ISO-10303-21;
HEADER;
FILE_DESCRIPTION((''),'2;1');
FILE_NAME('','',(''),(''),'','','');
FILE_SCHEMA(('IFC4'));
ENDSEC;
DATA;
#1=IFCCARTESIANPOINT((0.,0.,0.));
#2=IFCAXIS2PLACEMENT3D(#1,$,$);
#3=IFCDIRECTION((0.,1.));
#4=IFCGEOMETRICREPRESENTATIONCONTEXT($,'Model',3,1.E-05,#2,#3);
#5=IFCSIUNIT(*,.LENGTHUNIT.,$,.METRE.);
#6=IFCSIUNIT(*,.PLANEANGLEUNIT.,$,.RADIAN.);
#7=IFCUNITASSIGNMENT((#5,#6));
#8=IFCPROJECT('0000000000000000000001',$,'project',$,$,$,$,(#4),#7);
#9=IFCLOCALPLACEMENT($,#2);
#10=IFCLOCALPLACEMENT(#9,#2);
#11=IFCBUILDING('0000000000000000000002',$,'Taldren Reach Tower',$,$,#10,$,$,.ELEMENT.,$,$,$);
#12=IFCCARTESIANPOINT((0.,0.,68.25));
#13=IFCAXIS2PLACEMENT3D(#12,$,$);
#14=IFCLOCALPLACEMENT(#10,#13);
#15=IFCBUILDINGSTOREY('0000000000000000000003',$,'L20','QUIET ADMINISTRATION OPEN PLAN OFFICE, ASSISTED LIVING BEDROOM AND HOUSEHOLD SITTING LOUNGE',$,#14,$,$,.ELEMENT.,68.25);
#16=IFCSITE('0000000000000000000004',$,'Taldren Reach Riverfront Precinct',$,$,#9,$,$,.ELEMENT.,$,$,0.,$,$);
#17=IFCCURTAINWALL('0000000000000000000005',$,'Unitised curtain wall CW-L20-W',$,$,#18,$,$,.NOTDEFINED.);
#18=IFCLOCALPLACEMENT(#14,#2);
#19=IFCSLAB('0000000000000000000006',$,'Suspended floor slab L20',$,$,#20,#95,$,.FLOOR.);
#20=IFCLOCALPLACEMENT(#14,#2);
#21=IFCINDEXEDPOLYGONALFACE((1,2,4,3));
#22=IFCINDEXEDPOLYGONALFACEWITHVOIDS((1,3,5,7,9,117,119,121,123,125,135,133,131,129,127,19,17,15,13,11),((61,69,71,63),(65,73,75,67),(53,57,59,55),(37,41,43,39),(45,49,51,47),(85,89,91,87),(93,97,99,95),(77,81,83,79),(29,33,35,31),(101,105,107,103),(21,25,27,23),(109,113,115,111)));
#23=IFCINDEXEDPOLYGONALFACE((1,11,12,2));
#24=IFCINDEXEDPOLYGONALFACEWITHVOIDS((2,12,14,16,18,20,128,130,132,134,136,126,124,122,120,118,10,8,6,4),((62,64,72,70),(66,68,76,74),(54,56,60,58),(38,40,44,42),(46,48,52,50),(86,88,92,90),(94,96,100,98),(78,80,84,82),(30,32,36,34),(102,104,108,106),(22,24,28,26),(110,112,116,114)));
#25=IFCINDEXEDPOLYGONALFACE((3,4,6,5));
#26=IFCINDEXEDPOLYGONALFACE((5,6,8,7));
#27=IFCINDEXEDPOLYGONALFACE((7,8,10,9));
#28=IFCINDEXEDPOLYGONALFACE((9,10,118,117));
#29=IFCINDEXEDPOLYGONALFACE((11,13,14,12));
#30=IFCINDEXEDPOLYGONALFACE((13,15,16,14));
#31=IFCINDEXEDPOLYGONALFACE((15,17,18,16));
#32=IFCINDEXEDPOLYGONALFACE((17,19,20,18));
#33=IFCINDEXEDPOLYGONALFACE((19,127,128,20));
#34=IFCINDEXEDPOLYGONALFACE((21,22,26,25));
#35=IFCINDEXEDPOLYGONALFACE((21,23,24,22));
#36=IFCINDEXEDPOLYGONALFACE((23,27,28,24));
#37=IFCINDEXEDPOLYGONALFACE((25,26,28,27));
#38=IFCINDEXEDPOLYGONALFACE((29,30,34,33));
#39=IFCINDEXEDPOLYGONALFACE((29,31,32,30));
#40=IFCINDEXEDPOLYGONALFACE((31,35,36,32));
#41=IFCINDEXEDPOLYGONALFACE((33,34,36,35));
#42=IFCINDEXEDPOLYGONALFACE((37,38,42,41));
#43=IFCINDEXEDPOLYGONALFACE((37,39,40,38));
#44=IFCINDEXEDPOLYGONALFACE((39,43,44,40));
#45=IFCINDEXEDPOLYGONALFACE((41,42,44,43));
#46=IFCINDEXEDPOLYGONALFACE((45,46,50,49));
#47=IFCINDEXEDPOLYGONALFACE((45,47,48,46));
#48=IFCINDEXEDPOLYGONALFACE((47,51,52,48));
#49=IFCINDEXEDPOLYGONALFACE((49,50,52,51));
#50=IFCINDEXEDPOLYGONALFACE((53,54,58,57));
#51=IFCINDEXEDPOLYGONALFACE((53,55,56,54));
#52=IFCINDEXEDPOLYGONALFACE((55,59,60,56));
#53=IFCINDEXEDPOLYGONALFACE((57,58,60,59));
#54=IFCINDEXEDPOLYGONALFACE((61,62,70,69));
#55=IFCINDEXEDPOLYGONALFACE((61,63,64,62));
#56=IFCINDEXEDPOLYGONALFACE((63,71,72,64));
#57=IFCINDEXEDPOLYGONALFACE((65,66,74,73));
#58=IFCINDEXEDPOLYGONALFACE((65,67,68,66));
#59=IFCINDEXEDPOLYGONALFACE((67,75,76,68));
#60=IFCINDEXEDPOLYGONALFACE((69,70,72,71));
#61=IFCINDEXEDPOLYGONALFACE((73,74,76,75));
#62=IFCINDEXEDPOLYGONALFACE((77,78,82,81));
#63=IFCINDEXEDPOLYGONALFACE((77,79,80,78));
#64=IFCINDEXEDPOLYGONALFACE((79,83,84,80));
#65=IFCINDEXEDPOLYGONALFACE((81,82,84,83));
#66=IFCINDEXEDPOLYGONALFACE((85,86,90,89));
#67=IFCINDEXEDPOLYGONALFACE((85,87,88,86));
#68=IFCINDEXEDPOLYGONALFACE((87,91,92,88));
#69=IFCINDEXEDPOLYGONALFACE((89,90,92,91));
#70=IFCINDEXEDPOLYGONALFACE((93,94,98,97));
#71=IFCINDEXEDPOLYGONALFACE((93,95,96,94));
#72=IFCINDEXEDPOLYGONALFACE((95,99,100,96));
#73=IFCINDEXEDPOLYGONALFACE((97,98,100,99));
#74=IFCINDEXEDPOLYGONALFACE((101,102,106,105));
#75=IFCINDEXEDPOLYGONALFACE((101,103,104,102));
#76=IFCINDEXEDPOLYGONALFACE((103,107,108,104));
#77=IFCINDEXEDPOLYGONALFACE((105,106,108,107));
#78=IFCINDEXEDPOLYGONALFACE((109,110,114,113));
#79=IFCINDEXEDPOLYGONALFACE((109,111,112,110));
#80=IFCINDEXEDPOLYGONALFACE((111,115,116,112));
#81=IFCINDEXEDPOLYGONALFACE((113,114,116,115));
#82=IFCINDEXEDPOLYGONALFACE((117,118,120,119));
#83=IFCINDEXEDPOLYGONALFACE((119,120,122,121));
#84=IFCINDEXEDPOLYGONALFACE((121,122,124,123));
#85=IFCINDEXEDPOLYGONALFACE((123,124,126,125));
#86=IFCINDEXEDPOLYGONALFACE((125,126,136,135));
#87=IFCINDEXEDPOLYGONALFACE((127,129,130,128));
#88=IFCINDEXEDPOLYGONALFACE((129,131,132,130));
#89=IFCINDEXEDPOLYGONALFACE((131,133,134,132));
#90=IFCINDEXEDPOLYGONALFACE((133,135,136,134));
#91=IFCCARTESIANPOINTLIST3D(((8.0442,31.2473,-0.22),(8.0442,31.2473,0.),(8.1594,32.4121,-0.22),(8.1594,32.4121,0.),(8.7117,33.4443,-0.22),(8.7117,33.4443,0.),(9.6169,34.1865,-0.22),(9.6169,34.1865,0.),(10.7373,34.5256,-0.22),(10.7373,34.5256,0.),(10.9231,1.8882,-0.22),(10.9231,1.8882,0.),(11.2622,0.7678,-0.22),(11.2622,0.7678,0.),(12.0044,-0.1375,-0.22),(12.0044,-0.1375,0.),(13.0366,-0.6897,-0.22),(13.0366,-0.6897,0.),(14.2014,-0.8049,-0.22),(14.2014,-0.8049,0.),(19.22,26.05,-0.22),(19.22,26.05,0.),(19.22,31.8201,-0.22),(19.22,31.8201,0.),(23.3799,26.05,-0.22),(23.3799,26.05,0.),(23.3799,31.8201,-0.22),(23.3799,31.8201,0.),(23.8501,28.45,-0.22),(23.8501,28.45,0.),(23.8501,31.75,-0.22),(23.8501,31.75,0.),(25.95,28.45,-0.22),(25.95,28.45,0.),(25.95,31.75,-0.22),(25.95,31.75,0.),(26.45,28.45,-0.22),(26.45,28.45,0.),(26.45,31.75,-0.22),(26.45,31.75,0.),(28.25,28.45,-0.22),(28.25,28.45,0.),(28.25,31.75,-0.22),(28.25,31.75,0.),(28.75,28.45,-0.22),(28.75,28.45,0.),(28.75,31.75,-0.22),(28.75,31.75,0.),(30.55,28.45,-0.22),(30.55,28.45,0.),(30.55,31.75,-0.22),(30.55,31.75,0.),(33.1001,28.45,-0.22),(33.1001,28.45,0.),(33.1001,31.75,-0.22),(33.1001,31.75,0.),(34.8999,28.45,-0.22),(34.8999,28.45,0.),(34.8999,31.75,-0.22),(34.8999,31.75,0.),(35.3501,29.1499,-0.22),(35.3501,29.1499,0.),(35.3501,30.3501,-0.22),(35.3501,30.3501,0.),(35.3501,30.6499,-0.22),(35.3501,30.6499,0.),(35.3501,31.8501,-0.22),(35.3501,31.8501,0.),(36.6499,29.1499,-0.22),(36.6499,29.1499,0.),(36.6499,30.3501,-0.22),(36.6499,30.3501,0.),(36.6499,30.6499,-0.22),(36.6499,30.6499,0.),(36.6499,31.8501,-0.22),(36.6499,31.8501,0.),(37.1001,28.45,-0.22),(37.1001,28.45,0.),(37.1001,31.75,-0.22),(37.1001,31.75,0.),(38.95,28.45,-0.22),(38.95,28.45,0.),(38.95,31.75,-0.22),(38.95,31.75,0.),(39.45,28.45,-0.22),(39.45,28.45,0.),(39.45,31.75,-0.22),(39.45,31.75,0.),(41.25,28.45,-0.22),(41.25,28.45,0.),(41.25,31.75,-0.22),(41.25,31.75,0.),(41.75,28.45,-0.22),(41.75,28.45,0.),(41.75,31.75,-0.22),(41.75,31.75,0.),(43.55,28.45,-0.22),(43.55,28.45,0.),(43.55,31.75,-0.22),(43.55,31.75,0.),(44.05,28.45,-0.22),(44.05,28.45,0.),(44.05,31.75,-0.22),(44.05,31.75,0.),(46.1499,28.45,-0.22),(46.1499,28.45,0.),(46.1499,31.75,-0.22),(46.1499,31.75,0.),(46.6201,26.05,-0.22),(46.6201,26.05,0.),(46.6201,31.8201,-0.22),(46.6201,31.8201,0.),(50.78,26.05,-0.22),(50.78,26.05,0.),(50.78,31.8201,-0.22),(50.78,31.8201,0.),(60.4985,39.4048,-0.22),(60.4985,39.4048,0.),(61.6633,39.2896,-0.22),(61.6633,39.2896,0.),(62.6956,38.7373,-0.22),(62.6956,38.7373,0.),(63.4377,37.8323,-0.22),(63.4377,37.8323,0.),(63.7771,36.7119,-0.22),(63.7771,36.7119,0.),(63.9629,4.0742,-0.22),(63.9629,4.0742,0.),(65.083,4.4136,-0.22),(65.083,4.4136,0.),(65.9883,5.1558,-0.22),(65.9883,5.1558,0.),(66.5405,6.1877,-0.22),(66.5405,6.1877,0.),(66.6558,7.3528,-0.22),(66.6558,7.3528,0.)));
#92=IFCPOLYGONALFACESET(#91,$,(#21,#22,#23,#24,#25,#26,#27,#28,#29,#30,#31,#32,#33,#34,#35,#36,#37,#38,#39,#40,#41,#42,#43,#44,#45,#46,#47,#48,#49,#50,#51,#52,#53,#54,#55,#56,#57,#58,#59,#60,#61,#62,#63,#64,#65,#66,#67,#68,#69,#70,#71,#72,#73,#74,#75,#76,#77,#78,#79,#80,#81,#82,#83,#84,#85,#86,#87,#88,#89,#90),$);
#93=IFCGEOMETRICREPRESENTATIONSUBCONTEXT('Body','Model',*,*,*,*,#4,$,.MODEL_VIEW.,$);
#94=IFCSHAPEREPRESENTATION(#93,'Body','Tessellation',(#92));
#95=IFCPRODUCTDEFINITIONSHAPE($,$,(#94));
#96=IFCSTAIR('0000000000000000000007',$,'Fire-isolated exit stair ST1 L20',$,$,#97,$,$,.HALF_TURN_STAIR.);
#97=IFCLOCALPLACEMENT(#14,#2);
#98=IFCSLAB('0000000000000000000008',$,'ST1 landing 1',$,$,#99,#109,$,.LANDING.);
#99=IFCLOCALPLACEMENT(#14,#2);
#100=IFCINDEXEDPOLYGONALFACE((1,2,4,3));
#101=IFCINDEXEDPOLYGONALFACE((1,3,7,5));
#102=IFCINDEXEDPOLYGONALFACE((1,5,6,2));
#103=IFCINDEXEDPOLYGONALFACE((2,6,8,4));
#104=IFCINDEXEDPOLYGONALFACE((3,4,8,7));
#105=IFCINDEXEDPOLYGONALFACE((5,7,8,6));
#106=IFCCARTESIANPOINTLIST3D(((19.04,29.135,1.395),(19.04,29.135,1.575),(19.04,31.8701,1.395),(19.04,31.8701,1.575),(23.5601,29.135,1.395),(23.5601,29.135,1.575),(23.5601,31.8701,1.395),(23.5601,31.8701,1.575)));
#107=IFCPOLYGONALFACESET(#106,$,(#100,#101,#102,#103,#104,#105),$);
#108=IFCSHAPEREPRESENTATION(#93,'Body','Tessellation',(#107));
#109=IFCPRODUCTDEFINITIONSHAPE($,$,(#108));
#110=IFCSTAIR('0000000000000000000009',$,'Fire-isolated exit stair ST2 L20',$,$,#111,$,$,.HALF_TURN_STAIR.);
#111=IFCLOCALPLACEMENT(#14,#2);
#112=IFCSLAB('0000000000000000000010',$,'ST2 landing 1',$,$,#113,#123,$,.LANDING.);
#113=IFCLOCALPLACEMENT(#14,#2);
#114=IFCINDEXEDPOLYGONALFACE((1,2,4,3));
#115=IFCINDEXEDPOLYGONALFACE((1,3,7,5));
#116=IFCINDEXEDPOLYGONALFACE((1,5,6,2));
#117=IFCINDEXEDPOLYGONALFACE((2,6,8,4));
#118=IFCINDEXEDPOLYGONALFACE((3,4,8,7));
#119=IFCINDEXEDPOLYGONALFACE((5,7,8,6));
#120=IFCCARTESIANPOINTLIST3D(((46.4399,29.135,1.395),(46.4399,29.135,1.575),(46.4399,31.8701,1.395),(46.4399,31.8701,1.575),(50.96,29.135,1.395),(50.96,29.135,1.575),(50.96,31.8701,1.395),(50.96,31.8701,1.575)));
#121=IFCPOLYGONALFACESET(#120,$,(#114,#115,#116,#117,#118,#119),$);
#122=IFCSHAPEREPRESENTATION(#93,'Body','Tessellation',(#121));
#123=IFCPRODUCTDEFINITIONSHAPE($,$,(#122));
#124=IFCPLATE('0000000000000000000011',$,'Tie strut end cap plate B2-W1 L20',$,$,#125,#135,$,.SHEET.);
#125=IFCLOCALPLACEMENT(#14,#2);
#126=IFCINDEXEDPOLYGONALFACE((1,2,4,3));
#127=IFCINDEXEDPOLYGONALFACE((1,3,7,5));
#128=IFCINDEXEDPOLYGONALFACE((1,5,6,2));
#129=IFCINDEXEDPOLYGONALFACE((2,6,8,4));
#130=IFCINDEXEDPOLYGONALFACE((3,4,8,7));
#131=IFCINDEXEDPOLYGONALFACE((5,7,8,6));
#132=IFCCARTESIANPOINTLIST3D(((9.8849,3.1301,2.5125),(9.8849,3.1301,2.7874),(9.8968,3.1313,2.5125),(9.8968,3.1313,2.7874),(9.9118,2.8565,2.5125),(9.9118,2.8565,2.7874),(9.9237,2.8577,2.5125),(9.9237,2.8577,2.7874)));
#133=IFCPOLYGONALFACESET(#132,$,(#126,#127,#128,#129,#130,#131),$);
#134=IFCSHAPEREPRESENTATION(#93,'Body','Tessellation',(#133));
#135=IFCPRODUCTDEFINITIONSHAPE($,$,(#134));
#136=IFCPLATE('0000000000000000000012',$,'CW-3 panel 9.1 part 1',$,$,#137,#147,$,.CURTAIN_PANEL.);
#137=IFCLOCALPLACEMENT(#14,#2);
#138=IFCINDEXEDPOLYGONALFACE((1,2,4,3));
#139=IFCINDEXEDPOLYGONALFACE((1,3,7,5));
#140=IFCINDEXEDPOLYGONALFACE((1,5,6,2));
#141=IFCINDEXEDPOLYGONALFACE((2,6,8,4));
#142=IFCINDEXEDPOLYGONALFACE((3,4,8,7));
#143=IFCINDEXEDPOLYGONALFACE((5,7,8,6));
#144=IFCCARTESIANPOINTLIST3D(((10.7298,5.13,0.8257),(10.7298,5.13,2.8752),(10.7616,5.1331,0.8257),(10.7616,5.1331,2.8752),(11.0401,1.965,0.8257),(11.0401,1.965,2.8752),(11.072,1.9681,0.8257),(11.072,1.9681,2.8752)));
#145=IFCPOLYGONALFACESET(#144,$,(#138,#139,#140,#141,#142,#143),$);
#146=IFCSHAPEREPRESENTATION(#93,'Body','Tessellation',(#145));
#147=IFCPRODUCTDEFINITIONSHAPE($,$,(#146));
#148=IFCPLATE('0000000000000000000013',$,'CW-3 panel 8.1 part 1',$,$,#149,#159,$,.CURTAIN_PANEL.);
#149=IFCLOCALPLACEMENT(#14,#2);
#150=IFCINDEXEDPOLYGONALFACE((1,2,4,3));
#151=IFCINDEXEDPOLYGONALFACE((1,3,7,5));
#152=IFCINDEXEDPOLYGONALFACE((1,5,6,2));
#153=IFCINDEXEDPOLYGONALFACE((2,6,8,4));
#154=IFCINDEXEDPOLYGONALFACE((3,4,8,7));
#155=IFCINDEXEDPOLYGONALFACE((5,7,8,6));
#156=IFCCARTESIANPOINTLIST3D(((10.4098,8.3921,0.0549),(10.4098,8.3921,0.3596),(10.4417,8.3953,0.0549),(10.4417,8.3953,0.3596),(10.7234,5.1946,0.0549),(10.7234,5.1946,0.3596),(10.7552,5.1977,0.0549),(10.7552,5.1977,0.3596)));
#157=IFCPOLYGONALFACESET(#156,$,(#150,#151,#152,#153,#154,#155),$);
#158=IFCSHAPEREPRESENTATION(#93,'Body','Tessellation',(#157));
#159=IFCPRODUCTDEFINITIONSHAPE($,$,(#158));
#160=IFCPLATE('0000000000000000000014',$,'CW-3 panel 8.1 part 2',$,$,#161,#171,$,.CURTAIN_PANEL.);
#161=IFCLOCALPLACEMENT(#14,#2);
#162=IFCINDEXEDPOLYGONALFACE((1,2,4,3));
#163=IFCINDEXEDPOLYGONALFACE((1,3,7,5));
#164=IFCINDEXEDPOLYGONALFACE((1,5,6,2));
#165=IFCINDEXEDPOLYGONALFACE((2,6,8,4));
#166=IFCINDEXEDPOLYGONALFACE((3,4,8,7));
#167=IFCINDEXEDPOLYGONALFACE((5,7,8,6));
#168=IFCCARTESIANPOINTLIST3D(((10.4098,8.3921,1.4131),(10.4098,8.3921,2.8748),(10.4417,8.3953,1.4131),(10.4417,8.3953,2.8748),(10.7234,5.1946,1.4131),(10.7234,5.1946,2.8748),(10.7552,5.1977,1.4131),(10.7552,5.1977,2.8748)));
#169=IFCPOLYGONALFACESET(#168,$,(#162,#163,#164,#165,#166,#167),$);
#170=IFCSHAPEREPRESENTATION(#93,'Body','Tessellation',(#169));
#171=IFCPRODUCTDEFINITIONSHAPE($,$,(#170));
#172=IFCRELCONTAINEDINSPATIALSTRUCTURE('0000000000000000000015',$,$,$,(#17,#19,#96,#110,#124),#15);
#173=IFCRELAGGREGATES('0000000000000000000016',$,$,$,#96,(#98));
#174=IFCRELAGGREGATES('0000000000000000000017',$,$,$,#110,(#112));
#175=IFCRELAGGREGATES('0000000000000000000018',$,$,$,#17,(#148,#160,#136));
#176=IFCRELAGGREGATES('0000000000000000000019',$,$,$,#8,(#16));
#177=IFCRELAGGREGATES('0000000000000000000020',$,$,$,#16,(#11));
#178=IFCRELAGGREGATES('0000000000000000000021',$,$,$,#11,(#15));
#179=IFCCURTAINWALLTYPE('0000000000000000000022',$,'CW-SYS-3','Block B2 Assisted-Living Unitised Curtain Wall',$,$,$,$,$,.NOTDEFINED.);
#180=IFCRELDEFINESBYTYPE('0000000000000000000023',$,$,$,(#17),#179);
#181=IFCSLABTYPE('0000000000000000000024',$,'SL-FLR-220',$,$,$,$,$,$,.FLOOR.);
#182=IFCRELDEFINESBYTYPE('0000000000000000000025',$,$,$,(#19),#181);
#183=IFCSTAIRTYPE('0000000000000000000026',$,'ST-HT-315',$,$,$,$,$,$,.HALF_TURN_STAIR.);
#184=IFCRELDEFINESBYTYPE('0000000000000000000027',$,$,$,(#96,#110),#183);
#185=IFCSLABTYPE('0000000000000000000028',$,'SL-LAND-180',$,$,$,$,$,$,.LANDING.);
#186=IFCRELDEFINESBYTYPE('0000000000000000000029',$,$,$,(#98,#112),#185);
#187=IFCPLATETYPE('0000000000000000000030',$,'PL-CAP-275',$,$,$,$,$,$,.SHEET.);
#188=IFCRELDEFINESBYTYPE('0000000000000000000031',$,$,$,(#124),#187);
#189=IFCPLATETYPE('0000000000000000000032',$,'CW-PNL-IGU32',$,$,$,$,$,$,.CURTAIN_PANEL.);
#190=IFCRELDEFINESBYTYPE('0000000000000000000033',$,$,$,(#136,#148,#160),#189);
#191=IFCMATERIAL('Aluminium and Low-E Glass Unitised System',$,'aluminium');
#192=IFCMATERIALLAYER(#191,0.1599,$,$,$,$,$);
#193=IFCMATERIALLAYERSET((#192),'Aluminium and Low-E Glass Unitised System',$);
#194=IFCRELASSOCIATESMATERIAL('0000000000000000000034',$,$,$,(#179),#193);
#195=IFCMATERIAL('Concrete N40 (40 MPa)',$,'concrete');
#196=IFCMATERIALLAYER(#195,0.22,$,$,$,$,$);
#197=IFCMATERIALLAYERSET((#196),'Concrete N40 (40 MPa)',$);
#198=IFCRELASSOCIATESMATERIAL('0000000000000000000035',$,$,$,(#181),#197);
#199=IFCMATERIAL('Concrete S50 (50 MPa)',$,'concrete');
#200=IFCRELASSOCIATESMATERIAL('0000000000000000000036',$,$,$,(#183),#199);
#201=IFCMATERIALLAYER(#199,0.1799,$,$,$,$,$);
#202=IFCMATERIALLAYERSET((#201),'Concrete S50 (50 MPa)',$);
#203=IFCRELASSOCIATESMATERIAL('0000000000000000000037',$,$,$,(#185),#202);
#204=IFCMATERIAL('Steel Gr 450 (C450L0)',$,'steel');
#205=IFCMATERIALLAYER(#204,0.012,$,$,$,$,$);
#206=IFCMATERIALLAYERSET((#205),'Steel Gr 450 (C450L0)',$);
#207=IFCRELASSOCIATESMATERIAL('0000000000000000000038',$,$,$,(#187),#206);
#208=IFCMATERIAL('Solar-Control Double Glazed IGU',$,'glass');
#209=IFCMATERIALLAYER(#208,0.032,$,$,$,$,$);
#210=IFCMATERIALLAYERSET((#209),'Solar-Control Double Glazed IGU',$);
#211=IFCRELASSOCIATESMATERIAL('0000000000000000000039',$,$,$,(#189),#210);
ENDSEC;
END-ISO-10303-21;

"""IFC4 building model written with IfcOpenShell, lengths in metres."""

from ifc_helpers import new_model, si_unit, direction, frame, origin, origin_2d, place, context, subcontext, project, spatial, polyline, rectangle, outline, extrude, source, transform, mapped, material, layer, layer_set, type_object, element, aggregate, save


model = new_model("IFC4")

# Units and contexts
model_context = context("Model", 3, precision=1e-05, world=origin(), true_north=direction((0.0, 1.0)))
body_context = subcontext(model_context, "Body", "Model", "MODEL_VIEW")
ifc_project = project(units=[si_unit("LENGTHUNIT", "METRE"), si_unit("PLANEANGLEUNIT", "RADIAN")], contexts=[model_context])

# Site, building, storey
site_placement = place(None, origin())
site = spatial("IfcSite", under=ifc_project, at=site_placement, Name="Taldren Reach Riverfront Precinct", CompositionType="ELEMENT", RefElevation=0.0)
building_placement = place(site_placement, origin())
building = spatial("IfcBuilding", under=site, at=building_placement, Name="Taldren Reach Tower", CompositionType="ELEMENT")
storey_placement = place(building_placement, frame((0.0, 0.0, 68.25)))
storey = spatial("IfcBuildingStorey", under=building, at=storey_placement, Name="L20", Description="QUIET ADMINISTRATION OPEN PLAN OFFICE, ASSISTED LIVING BEDROOM AND HOUSEHOLD SITTING LOUNGE", CompositionType="ELEMENT", Elevation=68.25)

# Shared definitions
ifc_material_1 = material(Name="Steel Gr 450 (C450L0)", Category="steel")

# Curtain wall
ifc_material_2 = material(Name="Aluminium and Low-E Glass Unitised System", Category="aluminium")
ifc_layer_1 = layer(ifc_material_2, 0.1599)
ifc_layer_set_1 = layer_set([ifc_layer_1], Name="Aluminium and Low-E Glass Unitised System")
curtain_wall_type = type_object("IfcCurtainWallType", Name="CW-SYS-3", Description="Block B2 Assisted-Living Unitised Curtain Wall", PredefinedType="NOTDEFINED", material=ifc_layer_set_1)
curtain_wall_placement = place(storey_placement, origin())
curtain_wall = element("IfcCurtainWall", 1, at=curtain_wall_placement, inside=storey, type_object=curtain_wall_type, Name="Unitised curtain wall CW-L20-W", PredefinedType="NOTDEFINED")

# Slab
ifc_material_3 = material(Name="Concrete N40 (40 MPa)", Category="concrete")
ifc_layer_2 = layer(ifc_material_3, 0.22)
ifc_layer_set_2 = layer_set([ifc_layer_2], Name="Concrete N40 (40 MPa)")
slab_type_1 = type_object("IfcSlabType", Name="SL-FLR-220", PredefinedType="FLOOR", material=ifc_layer_set_2)
slab_1_placement = place(storey_placement, frame((0.0, 0.0, -0.22)))
element("IfcSlab", 2, at=slab_1_placement, inside=storey, type_object=slab_type_1, Name="Suspended floor slab L20", PredefinedType="FLOOR", context=body_context, shape_type="SweptSolid", body=[
    extrude(outline(polyline([(63.9629, 4.0742), (65.083, 4.4136), (65.9883, 5.1558), (66.5405, 6.1877), (66.6558, 7.3528), (63.7771, 36.7119), (63.4377, 37.8323), (62.6956, 38.7373), (61.6633, 39.2896), (60.4985, 39.4048), (10.7373, 34.5256), (9.6169, 34.1865), (8.7117, 33.4443), (8.1594, 32.4121), (8.0442, 31.2473), (10.9231, 1.8882), (11.2622, 0.7678), (12.0044, -0.1375), (13.0366, -0.6897), (14.2014, -0.8049), (63.9629, 4.0742)]), holes=[polyline([(19.22, 26.05), (23.3799, 26.05), (23.3799, 31.8201), (19.22, 31.8201), (19.22, 26.05)]), polyline([(46.6201, 26.05), (50.78, 26.05), (50.78, 31.8201), (46.6201, 31.8201), (46.6201, 26.05)]), polyline([(23.8501, 28.45), (25.95, 28.45), (25.95, 31.75), (23.8501, 31.75), (23.8501, 28.45)]), polyline([(44.05, 28.45), (46.1499, 28.45), (46.1499, 31.75), (44.05, 31.75), (44.05, 28.45)]), polyline([(26.45, 28.45), (28.25, 28.45), (28.25, 31.75), (26.45, 31.75), (26.45, 28.45)]), polyline([(28.75, 28.45), (30.55, 28.45), (30.55, 31.75), (28.75, 31.75), (28.75, 28.45)]), polyline([(33.1001, 28.45), (34.8999, 28.45), (34.8999, 31.75), (33.1001, 31.75), (33.1001, 28.45)]), polyline([(37.1001, 28.45), (38.95, 28.45), (38.95, 31.75), (37.1001, 31.75), (37.1001, 28.45)]), polyline([(39.45, 28.45), (41.25, 28.45), (41.25, 31.75), (39.45, 31.75), (39.45, 28.45)]), polyline([(41.75, 28.45), (43.55, 28.45), (43.55, 31.75), (41.75, 31.75), (41.75, 28.45)]), polyline([(35.3501, 30.6499), (36.6499, 30.6499), (36.6499, 31.8501), (35.3501, 31.8501), (35.3501, 30.6499)]), polyline([(35.3501, 29.1499), (36.6499, 29.1499), (36.6499, 30.3501), (35.3501, 30.3501), (35.3501, 29.1499)])]), origin(), (0.0, 0.0, 1.0), 0.22),
])

# Stairs, slabs
ifc_material_4 = material(Name="Concrete S50 (50 MPa)", Category="concrete")
stair_type = type_object("IfcStairType", Name="ST-HT-315", PredefinedType="HALF_TURN_STAIR", material=ifc_material_4)
stair_1_placement = place(storey_placement, origin())
stair_1 = element("IfcStair", 3, at=stair_1_placement, inside=storey, type_object=stair_type, Name="Fire-isolated exit stair ST1 L20", PredefinedType="HALF_TURN_STAIR")
ifc_layer_3 = layer(ifc_material_4, 0.1799)
ifc_layer_set_3 = layer_set([ifc_layer_3], Name="Concrete S50 (50 MPa)")
slab_type_2 = type_object("IfcSlabType", Name="SL-LAND-180", PredefinedType="LANDING", material=ifc_layer_set_3)
slab_2_placement = place(storey_placement, frame((0.0, 0.0, 1.395)))
slab_2 = element("IfcSlab", 4, at=slab_2_placement, type_object=slab_type_2, Name="ST1 landing 1", PredefinedType="LANDING", context=body_context, shape_type="SweptSolid", body=[
    extrude(outline(polyline([(19.04, 29.135), (23.5601, 29.135), (23.5601, 31.8701), (19.04, 31.8701), (19.04, 29.135)])), origin(), (0.0, 0.0, 1.0), 0.1799),
])
aggregate(stair_1, [slab_2])
stair_2_placement = place(storey_placement, origin())
stair_2 = element("IfcStair", 5, at=stair_2_placement, inside=storey, type_object=stair_type, Name="Fire-isolated exit stair ST2 L20", PredefinedType="HALF_TURN_STAIR")
slab_3_placement = place(storey_placement, frame((0.0, 0.0, 1.395)))
slab_3 = element("IfcSlab", 6, at=slab_3_placement, type_object=slab_type_2, Name="ST2 landing 1", PredefinedType="LANDING", context=body_context, shape_type="SweptSolid", body=[
    extrude(outline(polyline([(46.4399, 29.135), (50.96, 29.135), (50.96, 31.8701), (46.4399, 31.8701), (46.4399, 29.135)])), origin(), (0.0, 0.0, 1.0), 0.1799),
])
aggregate(stair_2, [slab_3])

# Plates
ifc_layer_4 = layer(ifc_material_1, 0.012)
ifc_layer_set_4 = layer_set([ifc_layer_4], Name="Steel Gr 450 (C450L0)")
plate_type_1 = type_object("IfcPlateType", Name="PL-CAP-275", PredefinedType="SHEET", material=ifc_layer_set_4)
shared_shape_1 = source(origin(), body_context, "Body", "SweptSolid", [
    extrude(rectangle(XDim=0.012, YDim=0.2749, at=origin_2d()), origin(), (0.0, 0.0, 1.0), 0.2749),
])
plate_1_placement = place(storey_placement, frame((9.9043, 2.9939, 2.5125), z_axis=(0.0, 0.0, 1.0), x_axis=(0.995227, 0.097583, 0.0)))
element("IfcPlate", 7, at=plate_1_placement, inside=storey, type_object=plate_type_1, Name="Tie strut end cap plate B2-W1 L20", PredefinedType="SHEET", context=body_context, shape_type="MappedRepresentation", body=[
    mapped(shared_shape_1, transform((0.0, 0.0, 0.0), scale=1.0)),
])
ifc_material_5 = material(Name="Solar-Control Double Glazed IGU", Category="glass")
ifc_layer_5 = layer(ifc_material_5, 0.032)
ifc_layer_set_5 = layer_set([ifc_layer_5], Name="Solar-Control Double Glazed IGU")
plate_type_2 = type_object("IfcPlateType", Name="CW-PNL-IGU32", PredefinedType="CURTAIN_PANEL", material=ifc_layer_set_5)
shared_shape_2 = source(origin(), body_context, "Body", "SweptSolid", [
    extrude(rectangle(XDim=3.1802, YDim=0.032, at=origin_2d()), origin(), (0.0, 0.0, 1.0), 2.0496),
])
plate_2_placement = place(storey_placement, frame((10.9009, 3.5491, 0.8257), z_axis=(0.0, 0.0, 1.0), x_axis=(0.097583, -0.995227, 0.0)))
plate_2 = element("IfcPlate", 8, at=plate_2_placement, type_object=plate_type_2, Name="CW-3 panel 9.1 part 1", PredefinedType="CURTAIN_PANEL", context=body_context, shape_type="MappedRepresentation", body=[
    mapped(shared_shape_2, transform((0.0, 0.0, 0.0), scale=1.0)),
])
shared_shape_3 = source(origin(), body_context, "Body", "SweptSolid", [
    extrude(rectangle(XDim=3.2129, YDim=0.032, at=origin_2d()), origin(), (0.0, 0.0, 1.0), 0.3047),
])
plate_3_placement = place(storey_placement, frame((10.5825, 6.7949, 0.0549), z_axis=(0.0, 0.0, 1.0), x_axis=(0.097583, -0.995227, 0.0)))
plate_3 = element("IfcPlate", 9, at=plate_3_placement, type_object=plate_type_2, Name="CW-3 panel 8.1 part 1", PredefinedType="CURTAIN_PANEL", context=body_context, shape_type="MappedRepresentation", body=[
    mapped(shared_shape_3, transform((0.0, 0.0, 0.0), scale=1.0)),
])
shared_shape_4 = source(origin(), body_context, "Body", "SweptSolid", [
    extrude(rectangle(XDim=3.2129, YDim=0.032, at=origin_2d()), origin(), (0.0, 0.0, 1.0), 1.4617),
])
plate_4_placement = place(storey_placement, frame((10.5825, 6.7949, 1.4131), z_axis=(0.0, 0.0, 1.0), x_axis=(0.097583, -0.995227, 0.0)))
plate_4 = element("IfcPlate", 10, at=plate_4_placement, type_object=plate_type_2, Name="CW-3 panel 8.1 part 2", PredefinedType="CURTAIN_PANEL", context=body_context, shape_type="MappedRepresentation", body=[
    mapped(shared_shape_4, transform((0.0, 0.0, 0.0), scale=1.0)),
])
aggregate(curtain_wall, [plate_3, plate_4, plate_2])

save(model, "model.ifc")
